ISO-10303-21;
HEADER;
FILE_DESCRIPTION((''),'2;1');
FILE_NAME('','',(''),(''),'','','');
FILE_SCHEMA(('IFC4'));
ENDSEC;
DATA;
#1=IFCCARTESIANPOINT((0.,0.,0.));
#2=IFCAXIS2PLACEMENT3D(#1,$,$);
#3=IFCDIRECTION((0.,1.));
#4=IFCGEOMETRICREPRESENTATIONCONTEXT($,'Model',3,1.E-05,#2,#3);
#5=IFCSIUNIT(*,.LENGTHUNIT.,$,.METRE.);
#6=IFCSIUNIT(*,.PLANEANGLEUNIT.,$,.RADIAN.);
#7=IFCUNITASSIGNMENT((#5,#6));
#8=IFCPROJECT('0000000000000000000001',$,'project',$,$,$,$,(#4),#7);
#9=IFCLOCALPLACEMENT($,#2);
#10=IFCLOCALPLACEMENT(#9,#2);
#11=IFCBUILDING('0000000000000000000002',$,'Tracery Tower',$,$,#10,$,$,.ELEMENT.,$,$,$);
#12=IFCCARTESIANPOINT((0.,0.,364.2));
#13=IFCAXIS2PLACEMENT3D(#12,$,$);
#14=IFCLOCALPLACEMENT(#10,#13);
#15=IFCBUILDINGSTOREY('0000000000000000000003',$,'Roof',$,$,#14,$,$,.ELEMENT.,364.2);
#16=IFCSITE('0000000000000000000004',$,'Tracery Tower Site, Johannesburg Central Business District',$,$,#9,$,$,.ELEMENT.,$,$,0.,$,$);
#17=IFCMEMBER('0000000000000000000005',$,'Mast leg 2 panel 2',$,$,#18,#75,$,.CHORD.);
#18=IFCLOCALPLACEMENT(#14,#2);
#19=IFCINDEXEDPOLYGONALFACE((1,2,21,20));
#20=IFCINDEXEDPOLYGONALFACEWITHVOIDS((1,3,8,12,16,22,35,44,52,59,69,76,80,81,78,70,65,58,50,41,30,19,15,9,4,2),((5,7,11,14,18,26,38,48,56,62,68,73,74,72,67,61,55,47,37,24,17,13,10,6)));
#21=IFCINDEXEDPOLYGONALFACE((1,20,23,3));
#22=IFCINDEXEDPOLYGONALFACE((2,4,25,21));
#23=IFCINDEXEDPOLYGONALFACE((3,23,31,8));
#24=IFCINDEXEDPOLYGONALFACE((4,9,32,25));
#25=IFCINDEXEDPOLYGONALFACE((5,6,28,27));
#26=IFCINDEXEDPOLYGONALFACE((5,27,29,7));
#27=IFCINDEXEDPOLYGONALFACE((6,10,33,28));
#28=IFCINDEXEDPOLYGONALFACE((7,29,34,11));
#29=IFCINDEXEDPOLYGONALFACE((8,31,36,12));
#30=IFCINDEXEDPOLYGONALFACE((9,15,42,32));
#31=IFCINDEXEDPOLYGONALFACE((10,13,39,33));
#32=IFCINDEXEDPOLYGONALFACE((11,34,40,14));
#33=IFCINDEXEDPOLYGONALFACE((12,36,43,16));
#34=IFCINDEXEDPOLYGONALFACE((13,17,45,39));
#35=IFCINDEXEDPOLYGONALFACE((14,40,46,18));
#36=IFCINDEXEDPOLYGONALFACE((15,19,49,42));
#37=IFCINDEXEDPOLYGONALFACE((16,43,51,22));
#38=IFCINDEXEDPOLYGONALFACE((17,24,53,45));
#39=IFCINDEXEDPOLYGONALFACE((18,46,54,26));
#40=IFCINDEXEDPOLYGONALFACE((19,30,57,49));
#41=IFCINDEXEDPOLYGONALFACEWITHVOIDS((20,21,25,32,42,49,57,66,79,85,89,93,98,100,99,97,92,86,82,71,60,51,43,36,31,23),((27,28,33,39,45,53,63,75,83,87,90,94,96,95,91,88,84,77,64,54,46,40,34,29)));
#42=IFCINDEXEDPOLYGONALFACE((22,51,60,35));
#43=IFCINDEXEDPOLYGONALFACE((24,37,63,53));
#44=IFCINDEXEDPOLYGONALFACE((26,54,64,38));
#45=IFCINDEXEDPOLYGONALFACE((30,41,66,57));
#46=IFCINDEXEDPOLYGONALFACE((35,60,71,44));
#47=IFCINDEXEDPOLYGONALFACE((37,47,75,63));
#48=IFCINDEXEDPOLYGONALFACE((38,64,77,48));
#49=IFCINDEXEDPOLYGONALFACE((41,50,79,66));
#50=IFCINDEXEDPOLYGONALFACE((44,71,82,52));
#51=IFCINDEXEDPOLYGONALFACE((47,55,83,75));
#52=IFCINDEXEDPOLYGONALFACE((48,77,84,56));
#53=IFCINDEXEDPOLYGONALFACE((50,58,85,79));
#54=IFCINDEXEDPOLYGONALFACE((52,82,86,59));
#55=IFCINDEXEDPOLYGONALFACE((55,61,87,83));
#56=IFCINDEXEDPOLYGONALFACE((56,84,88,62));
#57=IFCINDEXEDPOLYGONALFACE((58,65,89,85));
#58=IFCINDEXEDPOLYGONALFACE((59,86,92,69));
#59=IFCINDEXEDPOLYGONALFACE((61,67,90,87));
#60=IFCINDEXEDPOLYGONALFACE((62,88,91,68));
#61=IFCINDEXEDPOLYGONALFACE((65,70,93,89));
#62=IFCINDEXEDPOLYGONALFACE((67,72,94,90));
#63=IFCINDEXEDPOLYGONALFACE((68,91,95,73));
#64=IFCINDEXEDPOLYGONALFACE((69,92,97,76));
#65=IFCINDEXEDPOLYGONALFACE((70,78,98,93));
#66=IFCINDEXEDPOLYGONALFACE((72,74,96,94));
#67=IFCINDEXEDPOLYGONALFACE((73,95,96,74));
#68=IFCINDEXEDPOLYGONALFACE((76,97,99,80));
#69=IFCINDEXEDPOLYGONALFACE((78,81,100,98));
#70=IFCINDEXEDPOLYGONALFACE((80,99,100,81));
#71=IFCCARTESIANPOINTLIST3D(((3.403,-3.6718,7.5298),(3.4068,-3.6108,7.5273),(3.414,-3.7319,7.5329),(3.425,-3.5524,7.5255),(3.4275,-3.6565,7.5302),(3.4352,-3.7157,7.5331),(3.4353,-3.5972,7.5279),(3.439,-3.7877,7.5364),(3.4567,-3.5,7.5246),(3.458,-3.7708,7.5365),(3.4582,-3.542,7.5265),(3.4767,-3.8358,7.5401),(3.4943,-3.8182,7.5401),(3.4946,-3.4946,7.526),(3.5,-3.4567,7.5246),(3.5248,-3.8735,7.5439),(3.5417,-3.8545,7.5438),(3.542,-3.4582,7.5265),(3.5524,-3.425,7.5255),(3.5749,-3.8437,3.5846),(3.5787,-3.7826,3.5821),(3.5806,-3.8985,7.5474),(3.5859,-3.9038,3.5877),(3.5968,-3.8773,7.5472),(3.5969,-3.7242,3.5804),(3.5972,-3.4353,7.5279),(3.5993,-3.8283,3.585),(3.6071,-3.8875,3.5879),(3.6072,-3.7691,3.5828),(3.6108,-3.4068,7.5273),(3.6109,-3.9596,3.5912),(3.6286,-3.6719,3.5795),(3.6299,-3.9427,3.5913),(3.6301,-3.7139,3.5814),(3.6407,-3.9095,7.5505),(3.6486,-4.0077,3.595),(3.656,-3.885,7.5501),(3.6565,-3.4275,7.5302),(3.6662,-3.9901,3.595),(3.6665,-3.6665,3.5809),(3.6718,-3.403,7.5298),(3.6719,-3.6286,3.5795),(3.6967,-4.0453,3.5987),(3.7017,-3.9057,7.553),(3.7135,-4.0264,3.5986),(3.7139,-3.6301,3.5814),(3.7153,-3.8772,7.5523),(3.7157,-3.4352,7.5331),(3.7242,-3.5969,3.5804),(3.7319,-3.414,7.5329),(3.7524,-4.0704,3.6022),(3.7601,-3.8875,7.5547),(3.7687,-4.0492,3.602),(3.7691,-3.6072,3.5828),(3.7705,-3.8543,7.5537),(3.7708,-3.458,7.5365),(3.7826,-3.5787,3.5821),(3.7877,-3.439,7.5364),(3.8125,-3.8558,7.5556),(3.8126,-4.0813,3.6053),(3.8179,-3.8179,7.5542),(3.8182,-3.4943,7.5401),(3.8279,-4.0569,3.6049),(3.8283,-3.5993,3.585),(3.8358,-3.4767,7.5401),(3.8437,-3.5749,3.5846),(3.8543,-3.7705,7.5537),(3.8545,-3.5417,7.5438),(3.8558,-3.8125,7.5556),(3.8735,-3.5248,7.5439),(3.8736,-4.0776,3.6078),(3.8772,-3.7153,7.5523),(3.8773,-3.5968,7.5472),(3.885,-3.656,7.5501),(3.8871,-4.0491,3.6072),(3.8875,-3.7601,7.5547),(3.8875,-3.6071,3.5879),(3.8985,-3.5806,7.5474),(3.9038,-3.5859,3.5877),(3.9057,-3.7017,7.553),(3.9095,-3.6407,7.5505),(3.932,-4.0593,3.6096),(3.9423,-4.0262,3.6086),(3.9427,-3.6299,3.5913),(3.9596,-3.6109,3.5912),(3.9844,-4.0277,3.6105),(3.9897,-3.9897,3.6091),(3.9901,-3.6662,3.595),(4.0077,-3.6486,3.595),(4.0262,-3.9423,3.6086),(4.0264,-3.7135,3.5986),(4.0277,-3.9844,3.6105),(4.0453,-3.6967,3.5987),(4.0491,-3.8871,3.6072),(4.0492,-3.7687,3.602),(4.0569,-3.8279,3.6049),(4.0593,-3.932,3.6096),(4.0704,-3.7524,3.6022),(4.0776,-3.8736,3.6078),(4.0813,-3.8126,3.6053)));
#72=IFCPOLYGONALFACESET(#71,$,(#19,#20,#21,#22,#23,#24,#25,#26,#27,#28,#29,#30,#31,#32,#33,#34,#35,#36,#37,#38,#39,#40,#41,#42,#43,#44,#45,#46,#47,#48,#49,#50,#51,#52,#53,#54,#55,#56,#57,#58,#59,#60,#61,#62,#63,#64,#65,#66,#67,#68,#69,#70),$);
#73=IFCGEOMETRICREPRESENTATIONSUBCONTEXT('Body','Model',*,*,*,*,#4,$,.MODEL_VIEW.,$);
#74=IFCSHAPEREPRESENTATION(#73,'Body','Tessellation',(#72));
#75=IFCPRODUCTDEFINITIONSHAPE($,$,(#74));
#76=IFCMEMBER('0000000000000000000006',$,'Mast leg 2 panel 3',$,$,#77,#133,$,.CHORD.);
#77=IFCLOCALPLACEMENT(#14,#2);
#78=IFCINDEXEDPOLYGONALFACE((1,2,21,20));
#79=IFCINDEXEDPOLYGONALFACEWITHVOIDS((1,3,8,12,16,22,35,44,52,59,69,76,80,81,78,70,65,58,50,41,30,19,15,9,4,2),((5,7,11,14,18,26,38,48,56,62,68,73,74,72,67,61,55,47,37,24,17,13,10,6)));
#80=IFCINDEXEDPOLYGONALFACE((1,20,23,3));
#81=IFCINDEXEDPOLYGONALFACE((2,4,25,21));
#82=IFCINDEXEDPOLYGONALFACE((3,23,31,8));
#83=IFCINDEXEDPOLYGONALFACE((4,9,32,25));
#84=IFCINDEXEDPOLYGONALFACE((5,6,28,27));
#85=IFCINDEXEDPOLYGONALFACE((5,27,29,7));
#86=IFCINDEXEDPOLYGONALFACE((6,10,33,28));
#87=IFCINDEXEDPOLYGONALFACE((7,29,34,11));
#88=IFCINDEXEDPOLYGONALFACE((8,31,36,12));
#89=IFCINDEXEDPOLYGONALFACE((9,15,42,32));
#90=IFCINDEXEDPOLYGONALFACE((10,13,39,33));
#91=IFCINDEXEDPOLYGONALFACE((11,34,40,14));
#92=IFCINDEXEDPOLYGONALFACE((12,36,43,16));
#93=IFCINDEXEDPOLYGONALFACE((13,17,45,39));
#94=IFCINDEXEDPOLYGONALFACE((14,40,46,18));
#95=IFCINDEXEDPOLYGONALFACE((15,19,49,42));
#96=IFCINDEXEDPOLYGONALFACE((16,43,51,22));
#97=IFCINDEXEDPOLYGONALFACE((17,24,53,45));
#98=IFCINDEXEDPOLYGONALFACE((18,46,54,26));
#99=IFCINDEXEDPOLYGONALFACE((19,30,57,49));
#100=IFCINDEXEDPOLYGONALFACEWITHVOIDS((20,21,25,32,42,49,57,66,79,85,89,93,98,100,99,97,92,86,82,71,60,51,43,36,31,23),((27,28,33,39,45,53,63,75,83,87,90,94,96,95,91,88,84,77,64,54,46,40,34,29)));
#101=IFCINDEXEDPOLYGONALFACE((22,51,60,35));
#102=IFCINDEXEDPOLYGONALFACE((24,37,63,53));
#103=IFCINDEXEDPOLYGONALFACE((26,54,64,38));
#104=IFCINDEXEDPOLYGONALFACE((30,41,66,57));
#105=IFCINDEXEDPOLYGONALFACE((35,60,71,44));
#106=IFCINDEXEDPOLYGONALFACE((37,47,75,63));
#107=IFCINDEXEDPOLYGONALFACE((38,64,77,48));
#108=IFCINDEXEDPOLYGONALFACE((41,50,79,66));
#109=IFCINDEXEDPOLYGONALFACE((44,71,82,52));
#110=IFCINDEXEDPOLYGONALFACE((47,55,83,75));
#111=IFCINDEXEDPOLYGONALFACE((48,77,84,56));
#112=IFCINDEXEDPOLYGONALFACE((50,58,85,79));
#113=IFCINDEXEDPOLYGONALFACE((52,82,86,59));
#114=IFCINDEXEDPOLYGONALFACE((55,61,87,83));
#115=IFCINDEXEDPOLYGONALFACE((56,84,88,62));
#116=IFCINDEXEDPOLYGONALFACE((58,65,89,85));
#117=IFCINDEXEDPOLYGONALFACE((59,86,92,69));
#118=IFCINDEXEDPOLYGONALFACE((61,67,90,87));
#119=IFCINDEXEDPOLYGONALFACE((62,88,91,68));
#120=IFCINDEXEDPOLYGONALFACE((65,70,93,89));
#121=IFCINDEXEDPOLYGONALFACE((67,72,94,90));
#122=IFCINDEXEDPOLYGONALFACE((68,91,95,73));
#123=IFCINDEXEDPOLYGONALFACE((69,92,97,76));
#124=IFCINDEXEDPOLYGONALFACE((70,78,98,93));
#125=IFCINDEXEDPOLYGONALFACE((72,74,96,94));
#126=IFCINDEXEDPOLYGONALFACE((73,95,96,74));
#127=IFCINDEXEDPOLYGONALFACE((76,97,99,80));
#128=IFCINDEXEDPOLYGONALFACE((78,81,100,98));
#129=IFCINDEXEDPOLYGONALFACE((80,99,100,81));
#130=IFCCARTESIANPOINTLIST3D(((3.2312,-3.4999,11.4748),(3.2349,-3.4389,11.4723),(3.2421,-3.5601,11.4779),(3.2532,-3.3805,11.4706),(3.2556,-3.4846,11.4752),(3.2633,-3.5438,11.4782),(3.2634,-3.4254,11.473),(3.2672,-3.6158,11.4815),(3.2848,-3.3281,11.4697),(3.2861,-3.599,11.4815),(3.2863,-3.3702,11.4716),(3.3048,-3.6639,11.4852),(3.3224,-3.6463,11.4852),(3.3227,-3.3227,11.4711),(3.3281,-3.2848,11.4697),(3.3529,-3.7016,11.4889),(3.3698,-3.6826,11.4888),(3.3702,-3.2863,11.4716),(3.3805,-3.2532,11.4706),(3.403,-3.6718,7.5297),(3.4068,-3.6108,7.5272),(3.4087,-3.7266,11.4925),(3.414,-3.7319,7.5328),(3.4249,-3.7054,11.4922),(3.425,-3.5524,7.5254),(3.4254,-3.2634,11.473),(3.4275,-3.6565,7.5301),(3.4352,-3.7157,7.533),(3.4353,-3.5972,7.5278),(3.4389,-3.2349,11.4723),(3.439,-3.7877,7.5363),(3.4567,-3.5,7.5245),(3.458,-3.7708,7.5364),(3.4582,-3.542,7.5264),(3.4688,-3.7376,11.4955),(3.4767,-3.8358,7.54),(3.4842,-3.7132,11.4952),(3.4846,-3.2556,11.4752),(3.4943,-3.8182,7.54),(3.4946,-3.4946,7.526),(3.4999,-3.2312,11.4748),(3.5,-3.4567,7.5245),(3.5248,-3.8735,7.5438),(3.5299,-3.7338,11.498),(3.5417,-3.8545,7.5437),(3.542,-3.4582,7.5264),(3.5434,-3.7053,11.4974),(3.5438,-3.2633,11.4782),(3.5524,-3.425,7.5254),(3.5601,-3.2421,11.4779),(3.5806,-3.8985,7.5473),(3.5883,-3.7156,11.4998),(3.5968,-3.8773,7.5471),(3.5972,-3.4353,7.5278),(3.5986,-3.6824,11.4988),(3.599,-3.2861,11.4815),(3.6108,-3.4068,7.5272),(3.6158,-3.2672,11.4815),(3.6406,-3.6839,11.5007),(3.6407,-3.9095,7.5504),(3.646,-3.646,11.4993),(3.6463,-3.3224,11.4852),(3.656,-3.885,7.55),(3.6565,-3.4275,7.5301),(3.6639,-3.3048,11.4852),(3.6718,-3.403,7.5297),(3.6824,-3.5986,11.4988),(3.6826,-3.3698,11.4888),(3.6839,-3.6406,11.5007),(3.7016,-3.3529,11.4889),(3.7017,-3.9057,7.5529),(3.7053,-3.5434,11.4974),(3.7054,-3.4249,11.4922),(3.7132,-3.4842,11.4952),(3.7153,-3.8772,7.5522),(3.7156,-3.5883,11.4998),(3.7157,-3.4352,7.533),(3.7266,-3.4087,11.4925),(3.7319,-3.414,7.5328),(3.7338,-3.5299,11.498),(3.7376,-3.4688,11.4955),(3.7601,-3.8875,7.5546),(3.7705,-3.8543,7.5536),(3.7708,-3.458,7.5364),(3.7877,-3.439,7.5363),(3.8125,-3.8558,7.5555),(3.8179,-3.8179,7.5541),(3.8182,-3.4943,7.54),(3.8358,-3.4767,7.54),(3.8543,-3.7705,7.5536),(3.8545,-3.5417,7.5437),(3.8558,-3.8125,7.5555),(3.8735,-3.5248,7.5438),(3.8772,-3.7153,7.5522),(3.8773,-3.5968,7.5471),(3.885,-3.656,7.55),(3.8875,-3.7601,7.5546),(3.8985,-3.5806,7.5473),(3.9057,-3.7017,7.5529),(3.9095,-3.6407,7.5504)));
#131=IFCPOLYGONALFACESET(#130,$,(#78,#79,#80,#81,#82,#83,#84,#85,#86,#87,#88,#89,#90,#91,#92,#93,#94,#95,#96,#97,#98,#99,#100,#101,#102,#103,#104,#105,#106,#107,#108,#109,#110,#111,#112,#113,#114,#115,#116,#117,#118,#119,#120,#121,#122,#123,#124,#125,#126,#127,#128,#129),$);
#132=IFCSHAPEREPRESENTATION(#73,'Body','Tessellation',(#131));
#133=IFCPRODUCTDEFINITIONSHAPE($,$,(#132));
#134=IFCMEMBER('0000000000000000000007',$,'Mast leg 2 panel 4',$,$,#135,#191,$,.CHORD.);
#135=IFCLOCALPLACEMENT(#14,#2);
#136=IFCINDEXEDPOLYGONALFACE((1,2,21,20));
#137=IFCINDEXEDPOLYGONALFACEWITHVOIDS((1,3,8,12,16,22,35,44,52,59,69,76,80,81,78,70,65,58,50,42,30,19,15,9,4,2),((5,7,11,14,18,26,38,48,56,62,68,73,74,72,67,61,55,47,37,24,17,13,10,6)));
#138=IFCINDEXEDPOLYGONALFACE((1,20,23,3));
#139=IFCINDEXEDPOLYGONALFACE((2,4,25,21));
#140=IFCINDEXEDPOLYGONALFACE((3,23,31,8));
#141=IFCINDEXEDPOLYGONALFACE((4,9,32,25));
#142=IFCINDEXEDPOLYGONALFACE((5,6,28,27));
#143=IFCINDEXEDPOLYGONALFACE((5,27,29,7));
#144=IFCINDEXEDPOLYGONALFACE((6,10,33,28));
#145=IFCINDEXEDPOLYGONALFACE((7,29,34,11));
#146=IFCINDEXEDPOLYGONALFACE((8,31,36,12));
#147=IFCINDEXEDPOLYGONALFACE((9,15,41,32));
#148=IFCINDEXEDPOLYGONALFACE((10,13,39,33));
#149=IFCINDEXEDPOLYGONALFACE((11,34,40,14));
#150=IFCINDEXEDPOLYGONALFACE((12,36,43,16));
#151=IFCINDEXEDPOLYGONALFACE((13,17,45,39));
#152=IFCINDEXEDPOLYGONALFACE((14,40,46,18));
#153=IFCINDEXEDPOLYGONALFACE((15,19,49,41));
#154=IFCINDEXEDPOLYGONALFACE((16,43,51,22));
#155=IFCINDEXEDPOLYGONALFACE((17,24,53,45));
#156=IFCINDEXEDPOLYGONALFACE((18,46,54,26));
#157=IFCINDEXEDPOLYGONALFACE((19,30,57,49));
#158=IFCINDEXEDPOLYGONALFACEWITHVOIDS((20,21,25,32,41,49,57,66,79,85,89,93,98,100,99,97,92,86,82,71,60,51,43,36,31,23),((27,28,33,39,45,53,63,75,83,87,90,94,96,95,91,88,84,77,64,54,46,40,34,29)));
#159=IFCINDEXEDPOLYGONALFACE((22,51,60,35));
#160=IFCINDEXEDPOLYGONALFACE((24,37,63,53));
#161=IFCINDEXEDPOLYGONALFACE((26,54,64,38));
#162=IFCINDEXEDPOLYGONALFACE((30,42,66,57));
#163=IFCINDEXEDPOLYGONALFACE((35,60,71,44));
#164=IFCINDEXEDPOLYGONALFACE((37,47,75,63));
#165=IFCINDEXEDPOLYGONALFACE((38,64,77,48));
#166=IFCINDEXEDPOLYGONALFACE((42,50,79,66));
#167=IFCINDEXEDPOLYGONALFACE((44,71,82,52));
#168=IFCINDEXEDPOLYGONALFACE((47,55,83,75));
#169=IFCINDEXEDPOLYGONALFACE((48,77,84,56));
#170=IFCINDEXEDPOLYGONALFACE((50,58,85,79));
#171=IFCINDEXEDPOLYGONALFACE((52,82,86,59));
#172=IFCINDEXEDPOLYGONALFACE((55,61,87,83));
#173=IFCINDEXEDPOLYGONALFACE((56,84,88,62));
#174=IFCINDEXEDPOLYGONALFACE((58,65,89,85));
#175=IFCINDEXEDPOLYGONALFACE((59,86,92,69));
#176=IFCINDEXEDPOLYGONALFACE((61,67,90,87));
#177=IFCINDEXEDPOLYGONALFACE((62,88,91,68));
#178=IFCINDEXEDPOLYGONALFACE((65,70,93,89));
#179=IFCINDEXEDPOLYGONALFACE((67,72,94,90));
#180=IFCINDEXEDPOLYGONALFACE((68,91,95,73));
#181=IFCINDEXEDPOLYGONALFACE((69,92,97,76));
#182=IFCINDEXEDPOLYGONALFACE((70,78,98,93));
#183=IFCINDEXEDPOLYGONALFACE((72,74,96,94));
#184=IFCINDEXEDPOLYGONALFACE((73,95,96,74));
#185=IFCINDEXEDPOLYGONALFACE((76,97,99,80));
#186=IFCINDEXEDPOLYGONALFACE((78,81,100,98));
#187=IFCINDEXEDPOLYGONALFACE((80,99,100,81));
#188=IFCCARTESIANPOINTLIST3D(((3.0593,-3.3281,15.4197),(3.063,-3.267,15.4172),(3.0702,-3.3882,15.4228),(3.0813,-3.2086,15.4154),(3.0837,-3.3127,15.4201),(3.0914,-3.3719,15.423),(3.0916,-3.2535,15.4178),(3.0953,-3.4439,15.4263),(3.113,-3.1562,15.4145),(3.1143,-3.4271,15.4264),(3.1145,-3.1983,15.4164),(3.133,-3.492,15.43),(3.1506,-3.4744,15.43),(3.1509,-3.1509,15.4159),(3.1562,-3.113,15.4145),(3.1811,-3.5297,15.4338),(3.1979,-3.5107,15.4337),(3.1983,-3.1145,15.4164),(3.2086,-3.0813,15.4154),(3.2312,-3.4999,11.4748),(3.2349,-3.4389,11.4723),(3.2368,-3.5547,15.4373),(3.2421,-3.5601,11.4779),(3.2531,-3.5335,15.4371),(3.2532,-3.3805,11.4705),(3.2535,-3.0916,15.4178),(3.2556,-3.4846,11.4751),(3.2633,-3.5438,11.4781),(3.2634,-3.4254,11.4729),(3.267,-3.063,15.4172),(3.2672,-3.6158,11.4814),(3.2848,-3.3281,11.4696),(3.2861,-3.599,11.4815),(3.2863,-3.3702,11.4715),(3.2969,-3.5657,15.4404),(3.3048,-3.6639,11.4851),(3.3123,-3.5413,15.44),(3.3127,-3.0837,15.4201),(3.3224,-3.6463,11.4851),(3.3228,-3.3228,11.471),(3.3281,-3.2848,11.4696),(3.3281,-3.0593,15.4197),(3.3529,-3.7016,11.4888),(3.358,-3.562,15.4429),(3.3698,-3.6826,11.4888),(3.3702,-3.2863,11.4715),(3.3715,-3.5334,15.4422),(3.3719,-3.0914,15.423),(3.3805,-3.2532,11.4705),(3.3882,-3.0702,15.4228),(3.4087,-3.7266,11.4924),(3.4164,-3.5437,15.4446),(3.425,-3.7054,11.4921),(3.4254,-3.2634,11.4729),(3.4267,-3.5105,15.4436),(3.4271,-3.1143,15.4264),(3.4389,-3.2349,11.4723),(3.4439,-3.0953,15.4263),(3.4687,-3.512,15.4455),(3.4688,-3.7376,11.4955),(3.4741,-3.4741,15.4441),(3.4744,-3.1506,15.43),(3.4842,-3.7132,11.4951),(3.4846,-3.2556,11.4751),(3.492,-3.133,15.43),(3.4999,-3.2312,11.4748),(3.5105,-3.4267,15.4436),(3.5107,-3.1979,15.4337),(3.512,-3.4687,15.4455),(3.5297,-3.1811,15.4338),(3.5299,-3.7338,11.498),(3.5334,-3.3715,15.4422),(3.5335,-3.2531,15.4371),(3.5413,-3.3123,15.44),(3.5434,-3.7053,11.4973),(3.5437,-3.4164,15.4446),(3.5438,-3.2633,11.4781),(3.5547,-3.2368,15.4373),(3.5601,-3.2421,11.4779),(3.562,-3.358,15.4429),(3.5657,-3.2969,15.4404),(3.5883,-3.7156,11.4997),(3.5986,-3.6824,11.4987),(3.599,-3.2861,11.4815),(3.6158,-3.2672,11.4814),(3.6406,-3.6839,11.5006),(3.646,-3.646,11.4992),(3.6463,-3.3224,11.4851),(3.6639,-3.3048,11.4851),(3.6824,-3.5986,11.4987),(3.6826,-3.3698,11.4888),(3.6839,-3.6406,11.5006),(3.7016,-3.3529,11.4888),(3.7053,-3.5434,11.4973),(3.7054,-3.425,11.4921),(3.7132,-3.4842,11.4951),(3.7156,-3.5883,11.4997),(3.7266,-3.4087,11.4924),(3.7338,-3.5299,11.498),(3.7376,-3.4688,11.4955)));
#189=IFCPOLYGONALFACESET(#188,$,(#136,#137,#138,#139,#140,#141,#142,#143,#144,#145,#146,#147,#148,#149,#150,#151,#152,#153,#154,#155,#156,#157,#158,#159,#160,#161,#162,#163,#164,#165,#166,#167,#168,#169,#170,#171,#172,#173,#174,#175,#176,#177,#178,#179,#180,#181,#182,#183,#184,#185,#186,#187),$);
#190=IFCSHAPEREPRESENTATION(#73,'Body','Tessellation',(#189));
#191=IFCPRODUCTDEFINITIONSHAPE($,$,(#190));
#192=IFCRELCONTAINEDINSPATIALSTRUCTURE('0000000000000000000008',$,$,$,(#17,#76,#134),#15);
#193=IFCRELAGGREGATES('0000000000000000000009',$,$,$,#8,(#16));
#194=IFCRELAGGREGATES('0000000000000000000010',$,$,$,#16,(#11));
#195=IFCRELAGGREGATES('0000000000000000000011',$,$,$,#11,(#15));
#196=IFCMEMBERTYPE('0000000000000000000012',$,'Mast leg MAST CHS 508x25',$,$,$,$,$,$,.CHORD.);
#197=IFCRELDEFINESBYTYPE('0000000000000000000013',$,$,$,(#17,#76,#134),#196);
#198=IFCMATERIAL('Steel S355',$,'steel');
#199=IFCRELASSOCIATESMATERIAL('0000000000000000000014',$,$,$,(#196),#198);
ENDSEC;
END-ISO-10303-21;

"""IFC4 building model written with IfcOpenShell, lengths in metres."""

from ifc_helpers import new_model, si_unit, direction, frame, origin, origin_2d, place, context, subcontext, project, spatial, hollow_circle, extrude, material, material_profile, profile_set, type_object, element, save


model = new_model("IFC4")

# Units and contexts
model_context = context("Model", 3, precision=1e-05, world=origin(), true_north=direction((0.0, 1.0)))
body_context = subcontext(model_context, "Body", "Model", "MODEL_VIEW")
ifc_project = project(units=[si_unit("LENGTHUNIT", "METRE"), si_unit("PLANEANGLEUNIT", "RADIAN")], contexts=[model_context])

# Site, building, storey
site_placement = place(None, origin())
site = spatial("IfcSite", under=ifc_project, at=site_placement, Name="Tracery Tower Site, Johannesburg Central Business District", CompositionType="ELEMENT", RefElevation=0.0)
building_placement = place(site_placement, origin())
building = spatial("IfcBuilding", under=site, at=building_placement, Name="Tracery Tower", CompositionType="ELEMENT")
storey_placement = place(building_placement, frame((0.0, 0.0, 364.2)))
storey = spatial("IfcBuildingStorey", under=building, at=storey_placement, Name="Roof", CompositionType="ELEMENT", Elevation=364.2)

# Members
ifc_material_1 = material(Name="Steel S355", Category="steel")
ifc_material_profile_1 = material_profile(ifc_material_1, hollow_circle(Radius=0.2539, WallThickness=0.0249, at=origin_2d()), Name="CHS 508x25")
ifc_profile_set_1 = profile_set([ifc_material_profile_1], Name="Steel S355")
member_type_1 = type_object("IfcMemberType", Name="Mast leg MAST CHS 508x25", PredefinedType="CHORD", material=ifc_profile_set_1)
for number, where, z_axis, x_axis, name in (
    (1, (3.8281, -3.8281, 3.595), (-0.043485, 0.043485, 0.998107), (-0.707107, -0.707107, 0.0), "Mast leg 2 panel 2"),
    (2, (3.6562, -3.6562, 7.54), (-0.043485, 0.043485, 0.998107), (-0.707107, -0.707107, 0.0), "Mast leg 2 panel 3"),
):
    element("IfcMember", number, at=place(storey_placement, frame(where, z_axis=z_axis, x_axis=x_axis)), inside=storey, type_object=member_type_1, Name=name, PredefinedType="CHORD", context=body_context, shape_type="SweptSolid", body=[
        extrude(hollow_circle(Radius=0.2539, WallThickness=0.0249, at=origin_2d()), origin(), (0.0, 0.0, 1.0), 3.9526),
    ])
member_1_placement = place(storey_placement, frame((3.4844, -3.4844, 11.4851), z_axis=(-0.043487, 0.043487, 0.998107), x_axis=(-0.707107, -0.707107, 0.0)))
element("IfcMember", 3, at=member_1_placement, inside=storey, type_object=member_type_1, Name="Mast leg 2 panel 4", PredefinedType="CHORD", context=body_context, shape_type="SweptSolid", body=[
    extrude(hollow_circle(Radius=0.2539, WallThickness=0.0249, at=origin_2d()), origin(), (0.0, 0.0, 1.0), 3.9524),
])

save(model, "model.ifc")
